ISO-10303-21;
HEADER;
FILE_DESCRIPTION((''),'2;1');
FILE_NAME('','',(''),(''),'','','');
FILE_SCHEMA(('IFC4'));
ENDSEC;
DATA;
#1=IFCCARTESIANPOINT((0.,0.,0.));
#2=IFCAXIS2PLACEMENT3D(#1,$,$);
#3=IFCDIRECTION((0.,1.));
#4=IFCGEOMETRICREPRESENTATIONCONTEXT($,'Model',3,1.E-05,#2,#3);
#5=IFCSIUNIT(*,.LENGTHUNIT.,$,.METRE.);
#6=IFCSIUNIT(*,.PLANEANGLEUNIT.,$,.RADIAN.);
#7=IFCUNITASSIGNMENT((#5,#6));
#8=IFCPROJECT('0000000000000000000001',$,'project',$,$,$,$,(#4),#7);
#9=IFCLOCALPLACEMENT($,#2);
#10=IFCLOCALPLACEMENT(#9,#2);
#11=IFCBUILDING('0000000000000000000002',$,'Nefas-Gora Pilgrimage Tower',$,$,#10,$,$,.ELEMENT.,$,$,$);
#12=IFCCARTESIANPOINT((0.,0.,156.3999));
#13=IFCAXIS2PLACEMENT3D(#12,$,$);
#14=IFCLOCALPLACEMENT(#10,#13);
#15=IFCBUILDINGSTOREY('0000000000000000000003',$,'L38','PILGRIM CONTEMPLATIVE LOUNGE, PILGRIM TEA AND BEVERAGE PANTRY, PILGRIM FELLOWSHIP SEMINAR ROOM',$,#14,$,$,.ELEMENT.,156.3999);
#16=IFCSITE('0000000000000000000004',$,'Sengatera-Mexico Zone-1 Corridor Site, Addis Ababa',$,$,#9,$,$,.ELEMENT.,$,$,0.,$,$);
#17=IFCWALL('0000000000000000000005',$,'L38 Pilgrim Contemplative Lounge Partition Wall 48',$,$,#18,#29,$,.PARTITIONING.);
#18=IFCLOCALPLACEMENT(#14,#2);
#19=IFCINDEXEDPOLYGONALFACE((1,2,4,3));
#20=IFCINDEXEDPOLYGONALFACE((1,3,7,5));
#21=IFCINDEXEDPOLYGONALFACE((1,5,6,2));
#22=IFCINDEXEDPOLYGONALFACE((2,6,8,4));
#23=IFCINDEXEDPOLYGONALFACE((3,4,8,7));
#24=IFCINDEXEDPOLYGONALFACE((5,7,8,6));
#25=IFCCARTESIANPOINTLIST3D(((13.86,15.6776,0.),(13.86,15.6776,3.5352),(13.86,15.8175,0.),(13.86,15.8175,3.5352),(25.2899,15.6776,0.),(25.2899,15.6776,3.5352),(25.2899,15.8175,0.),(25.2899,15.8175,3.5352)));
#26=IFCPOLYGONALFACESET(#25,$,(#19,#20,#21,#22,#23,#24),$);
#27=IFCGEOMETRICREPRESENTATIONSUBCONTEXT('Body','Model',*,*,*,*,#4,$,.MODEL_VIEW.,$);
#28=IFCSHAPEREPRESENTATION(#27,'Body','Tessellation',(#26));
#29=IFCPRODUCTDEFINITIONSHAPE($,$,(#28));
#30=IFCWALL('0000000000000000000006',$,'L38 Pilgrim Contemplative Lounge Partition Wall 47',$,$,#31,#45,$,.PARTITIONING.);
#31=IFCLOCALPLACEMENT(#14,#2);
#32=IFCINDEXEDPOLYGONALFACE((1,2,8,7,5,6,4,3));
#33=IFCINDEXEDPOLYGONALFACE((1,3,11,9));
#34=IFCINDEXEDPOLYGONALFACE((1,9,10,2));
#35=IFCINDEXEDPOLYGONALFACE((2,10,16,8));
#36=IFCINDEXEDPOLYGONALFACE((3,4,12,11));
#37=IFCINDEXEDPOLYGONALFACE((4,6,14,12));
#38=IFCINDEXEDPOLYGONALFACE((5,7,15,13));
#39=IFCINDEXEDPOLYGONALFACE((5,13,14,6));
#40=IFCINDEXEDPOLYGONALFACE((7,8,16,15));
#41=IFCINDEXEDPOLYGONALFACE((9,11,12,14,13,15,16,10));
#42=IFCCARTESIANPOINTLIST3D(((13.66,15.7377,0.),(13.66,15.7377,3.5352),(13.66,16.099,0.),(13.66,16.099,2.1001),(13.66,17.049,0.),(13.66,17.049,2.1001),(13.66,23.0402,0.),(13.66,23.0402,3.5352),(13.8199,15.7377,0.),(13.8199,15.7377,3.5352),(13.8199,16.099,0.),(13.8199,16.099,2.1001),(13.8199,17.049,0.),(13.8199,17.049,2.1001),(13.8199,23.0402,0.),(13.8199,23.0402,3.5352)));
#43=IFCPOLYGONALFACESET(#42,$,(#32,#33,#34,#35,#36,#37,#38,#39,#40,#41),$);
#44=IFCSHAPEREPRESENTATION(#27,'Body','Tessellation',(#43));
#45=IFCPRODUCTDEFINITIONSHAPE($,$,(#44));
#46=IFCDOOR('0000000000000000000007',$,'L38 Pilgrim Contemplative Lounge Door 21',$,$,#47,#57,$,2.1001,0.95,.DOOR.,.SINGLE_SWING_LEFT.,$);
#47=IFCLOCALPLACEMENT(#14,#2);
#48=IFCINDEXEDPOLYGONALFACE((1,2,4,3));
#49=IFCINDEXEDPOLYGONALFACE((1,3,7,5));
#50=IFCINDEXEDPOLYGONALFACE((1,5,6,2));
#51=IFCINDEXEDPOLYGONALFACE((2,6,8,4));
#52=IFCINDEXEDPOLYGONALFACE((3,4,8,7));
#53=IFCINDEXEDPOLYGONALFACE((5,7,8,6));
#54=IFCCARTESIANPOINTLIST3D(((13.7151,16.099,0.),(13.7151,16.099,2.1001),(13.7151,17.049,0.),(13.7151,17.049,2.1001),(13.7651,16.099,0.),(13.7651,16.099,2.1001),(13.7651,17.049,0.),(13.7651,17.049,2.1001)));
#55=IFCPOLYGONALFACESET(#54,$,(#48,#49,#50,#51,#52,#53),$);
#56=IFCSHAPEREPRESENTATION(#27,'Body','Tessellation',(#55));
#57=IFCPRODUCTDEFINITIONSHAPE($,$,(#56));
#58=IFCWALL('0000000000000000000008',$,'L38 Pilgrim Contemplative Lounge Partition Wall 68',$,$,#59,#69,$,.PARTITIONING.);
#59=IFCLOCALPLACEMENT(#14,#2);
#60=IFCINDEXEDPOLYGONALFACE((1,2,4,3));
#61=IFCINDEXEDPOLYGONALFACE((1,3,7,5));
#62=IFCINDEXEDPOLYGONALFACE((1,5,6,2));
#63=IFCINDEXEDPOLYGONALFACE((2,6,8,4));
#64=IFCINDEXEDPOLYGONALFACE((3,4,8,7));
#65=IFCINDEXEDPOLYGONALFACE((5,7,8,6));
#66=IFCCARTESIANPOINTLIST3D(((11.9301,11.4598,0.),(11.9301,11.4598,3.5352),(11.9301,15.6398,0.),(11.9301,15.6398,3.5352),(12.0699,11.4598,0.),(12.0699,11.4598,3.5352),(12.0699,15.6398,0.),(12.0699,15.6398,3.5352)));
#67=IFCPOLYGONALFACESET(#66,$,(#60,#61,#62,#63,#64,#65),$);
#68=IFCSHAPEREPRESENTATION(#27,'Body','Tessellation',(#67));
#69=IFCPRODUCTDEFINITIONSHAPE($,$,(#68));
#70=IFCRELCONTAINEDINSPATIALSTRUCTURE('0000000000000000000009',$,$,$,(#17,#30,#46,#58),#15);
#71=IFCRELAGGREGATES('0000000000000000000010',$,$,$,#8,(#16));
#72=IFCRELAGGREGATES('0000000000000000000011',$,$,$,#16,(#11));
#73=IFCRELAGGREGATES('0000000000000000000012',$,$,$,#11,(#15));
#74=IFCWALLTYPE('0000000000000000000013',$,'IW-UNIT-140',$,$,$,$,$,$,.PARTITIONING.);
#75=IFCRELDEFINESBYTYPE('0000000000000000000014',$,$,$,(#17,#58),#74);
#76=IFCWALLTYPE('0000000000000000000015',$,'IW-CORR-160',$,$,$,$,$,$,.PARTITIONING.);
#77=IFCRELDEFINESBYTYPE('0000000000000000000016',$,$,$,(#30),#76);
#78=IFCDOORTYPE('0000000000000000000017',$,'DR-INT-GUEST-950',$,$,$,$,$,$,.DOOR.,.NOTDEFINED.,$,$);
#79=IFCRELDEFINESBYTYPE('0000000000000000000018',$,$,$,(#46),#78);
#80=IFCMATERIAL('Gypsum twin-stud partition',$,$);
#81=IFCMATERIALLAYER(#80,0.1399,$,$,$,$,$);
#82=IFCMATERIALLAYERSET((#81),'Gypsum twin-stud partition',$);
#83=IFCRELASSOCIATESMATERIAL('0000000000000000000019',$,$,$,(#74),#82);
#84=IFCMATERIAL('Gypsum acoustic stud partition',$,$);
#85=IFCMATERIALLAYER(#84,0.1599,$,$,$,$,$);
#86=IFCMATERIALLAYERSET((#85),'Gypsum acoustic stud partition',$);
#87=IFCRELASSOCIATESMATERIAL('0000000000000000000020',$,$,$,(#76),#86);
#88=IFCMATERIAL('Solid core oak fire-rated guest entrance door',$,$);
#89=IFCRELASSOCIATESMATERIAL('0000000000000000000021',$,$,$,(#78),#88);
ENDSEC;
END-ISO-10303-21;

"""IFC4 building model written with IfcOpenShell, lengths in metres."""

from ifc_helpers import new_model, si_unit, direction, frame, frame_2d, origin, place, context, subcontext, project, spatial, rectangle, extrude, source, transform, mapped, material, layer, layer_set, type_object, element, fill, save


model = new_model("IFC4")

# Units and contexts
model_context = context("Model", 3, precision=1e-05, world=origin(), true_north=direction((0.0, 1.0)))
body_context = subcontext(model_context, "Body", "Model", "MODEL_VIEW")
ifc_project = project(units=[si_unit("LENGTHUNIT", "METRE"), si_unit("PLANEANGLEUNIT", "RADIAN")], contexts=[model_context])

# Site, building, storey
site_placement = place(None, origin())
site = spatial("IfcSite", under=ifc_project, at=site_placement, Name="Sengatera-Mexico Zone-1 Corridor Site, Addis Ababa", CompositionType="ELEMENT", RefElevation=0.0)
building_placement = place(site_placement, origin())
building = spatial("IfcBuilding", under=site, at=building_placement, Name="Nefas-Gora Pilgrimage Tower", CompositionType="ELEMENT")
storey_placement = place(building_placement, frame((0.0, 0.0, 156.3999)))
storey = spatial("IfcBuildingStorey", under=building, at=storey_placement, Name="L38", Description="PILGRIM CONTEMPLATIVE LOUNGE, PILGRIM TEA AND BEVERAGE PANTRY, PILGRIM FELLOWSHIP SEMINAR ROOM", CompositionType="ELEMENT", Elevation=156.3999)

# Wall
ifc_material_1 = material(Name="Gypsum twin-stud partition")
ifc_layer_1 = layer(ifc_material_1, 0.1399)
ifc_layer_set_1 = layer_set([ifc_layer_1], Name="Gypsum twin-stud partition")
wall_type_1 = type_object("IfcWallType", Name="IW-UNIT-140", PredefinedType="PARTITIONING", material=ifc_layer_set_1)
shared_shape_1 = source(origin(), body_context, "Body", "SweptSolid", [
    extrude(rectangle(XDim=11.4299, YDim=0.1399, at=frame_2d((5.7148, 0.0))), origin(), (0.0, 0.0, 1.0), 3.5352),
])
wall_1_placement = place(storey_placement, frame((13.8601, 15.7476, 0.0), z_axis=(0.0, 0.0, 1.0), x_axis=(1.0, 0.0, 0.0)))
element("IfcWall", 1, at=wall_1_placement, inside=storey, type_object=wall_type_1, Name="L38 Pilgrim Contemplative Lounge Partition Wall 48", PredefinedType="PARTITIONING", context=body_context, shape_type="MappedRepresentation", body=[
    mapped(shared_shape_1, transform((0.0, 0.0, 0.0), x_axis=(1.0, 0.0, 0.0), y_axis=(0.0, 1.0, 0.0), z_axis=(0.0, 0.0, 1.0), scale=1.0)),
])

# Wall, opening, door
ifc_material_2 = material(Name="Gypsum acoustic stud partition")
ifc_layer_2 = layer(ifc_material_2, 0.1599)
ifc_layer_set_2 = layer_set([ifc_layer_2], Name="Gypsum acoustic stud partition")
wall_type_2 = type_object("IfcWallType", Name="IW-CORR-160", PredefinedType="PARTITIONING", material=ifc_layer_set_2)
shared_shape_2 = source(origin(), body_context, "Body", "SweptSolid", [
    extrude(rectangle(XDim=7.3025, YDim=0.1599, at=frame_2d((3.6514, 0.0))), origin(), (0.0, 0.0, 1.0), 3.5352),
])
wall_2_placement = place(storey_placement, frame((13.74, 15.7375, 0.0), z_axis=(0.0, 0.0, 1.0), x_axis=(0.0, 1.0, 0.0)))
wall_2 = element("IfcWall", 2, at=wall_2_placement, inside=storey, type_object=wall_type_2, Name="L38 Pilgrim Contemplative Lounge Partition Wall 47", PredefinedType="PARTITIONING", context=body_context, shape_type="MappedRepresentation", body=[
    mapped(shared_shape_2, transform((0.0, 0.0, 0.0), x_axis=(1.0, 0.0, 0.0), y_axis=(0.0, 1.0, 0.0), z_axis=(0.0, 0.0, 1.0), scale=1.0)),
])
opening_1_placement = place(wall_2_placement, frame((0.3613, 0.0, 0.0)))
opening_1 = element("IfcOpeningElement", 3, at=opening_1_placement, cuts=wall_2, PredefinedType="OPENING", context=body_context, shape_type="SweptSolid", body=[
    extrude(rectangle(XDim=0.95, YDim=2.1001, at=frame_2d((0.4751, 1.05))), frame((0.0, 0.0898, 0.0), z_axis=(0.0, -1.0, 0.0), x_axis=(1.0, 0.0, 0.0)), (0.0, 0.0, 1.0), 0.1799),
])
ifc_material_3 = material(Name="Solid core oak fire-rated guest entrance door")
door_type = type_object("IfcDoorType", Name="DR-INT-GUEST-950", OperationType="NOTDEFINED", PredefinedType="DOOR", material=ifc_material_3)
shared_shape_3 = source(origin(), body_context, "Body", "SweptSolid", [
    extrude(rectangle(XDim=0.95, YDim=2.1001, at=frame_2d((0.4751, 1.05))), frame((0.0, 0.0249, 0.0), z_axis=(0.0, -1.0, 0.0), x_axis=(1.0, 0.0, 0.0)), (0.0, 0.0, 1.0), 0.05),
])
door_placement = place(opening_1_placement, origin())
door = element("IfcDoor", 4, at=door_placement, inside=storey, type_object=door_type, Name="L38 Pilgrim Contemplative Lounge Door 21", OperationType="SINGLE_SWING_LEFT", OverallHeight=2.1001, OverallWidth=0.95, PredefinedType="DOOR", context=body_context, shape_type="MappedRepresentation", body=[
    mapped(shared_shape_3, transform((0.0, 0.0, 0.0), x_axis=(1.0, 0.0, 0.0), y_axis=(0.0, 1.0, 0.0), z_axis=(0.0, 0.0, 1.0), scale=1.0)),
])
fill(opening_1, door)

# Wall
shared_shape_4 = source(origin(), body_context, "Body", "SweptSolid", [
    extrude(rectangle(XDim=4.1799, YDim=0.1399, at=frame_2d((2.0898, 0.0))), origin(), (0.0, 0.0, 1.0), 3.5352),
])
wall_3_placement = place(storey_placement, frame((12.0, 11.46, 0.0), z_axis=(0.0, 0.0, 1.0), x_axis=(0.0, 1.0, 0.0)))
element("IfcWall", 5, at=wall_3_placement, inside=storey, type_object=wall_type_1, Name="L38 Pilgrim Contemplative Lounge Partition Wall 68", PredefinedType="PARTITIONING", context=body_context, shape_type="MappedRepresentation", body=[
    mapped(shared_shape_4, transform((0.0, 0.0, 0.0), x_axis=(1.0, 0.0, 0.0), y_axis=(0.0, 1.0, 0.0), z_axis=(0.0, 0.0, 1.0), scale=1.0)),
])

save(model, "model.ifc")
